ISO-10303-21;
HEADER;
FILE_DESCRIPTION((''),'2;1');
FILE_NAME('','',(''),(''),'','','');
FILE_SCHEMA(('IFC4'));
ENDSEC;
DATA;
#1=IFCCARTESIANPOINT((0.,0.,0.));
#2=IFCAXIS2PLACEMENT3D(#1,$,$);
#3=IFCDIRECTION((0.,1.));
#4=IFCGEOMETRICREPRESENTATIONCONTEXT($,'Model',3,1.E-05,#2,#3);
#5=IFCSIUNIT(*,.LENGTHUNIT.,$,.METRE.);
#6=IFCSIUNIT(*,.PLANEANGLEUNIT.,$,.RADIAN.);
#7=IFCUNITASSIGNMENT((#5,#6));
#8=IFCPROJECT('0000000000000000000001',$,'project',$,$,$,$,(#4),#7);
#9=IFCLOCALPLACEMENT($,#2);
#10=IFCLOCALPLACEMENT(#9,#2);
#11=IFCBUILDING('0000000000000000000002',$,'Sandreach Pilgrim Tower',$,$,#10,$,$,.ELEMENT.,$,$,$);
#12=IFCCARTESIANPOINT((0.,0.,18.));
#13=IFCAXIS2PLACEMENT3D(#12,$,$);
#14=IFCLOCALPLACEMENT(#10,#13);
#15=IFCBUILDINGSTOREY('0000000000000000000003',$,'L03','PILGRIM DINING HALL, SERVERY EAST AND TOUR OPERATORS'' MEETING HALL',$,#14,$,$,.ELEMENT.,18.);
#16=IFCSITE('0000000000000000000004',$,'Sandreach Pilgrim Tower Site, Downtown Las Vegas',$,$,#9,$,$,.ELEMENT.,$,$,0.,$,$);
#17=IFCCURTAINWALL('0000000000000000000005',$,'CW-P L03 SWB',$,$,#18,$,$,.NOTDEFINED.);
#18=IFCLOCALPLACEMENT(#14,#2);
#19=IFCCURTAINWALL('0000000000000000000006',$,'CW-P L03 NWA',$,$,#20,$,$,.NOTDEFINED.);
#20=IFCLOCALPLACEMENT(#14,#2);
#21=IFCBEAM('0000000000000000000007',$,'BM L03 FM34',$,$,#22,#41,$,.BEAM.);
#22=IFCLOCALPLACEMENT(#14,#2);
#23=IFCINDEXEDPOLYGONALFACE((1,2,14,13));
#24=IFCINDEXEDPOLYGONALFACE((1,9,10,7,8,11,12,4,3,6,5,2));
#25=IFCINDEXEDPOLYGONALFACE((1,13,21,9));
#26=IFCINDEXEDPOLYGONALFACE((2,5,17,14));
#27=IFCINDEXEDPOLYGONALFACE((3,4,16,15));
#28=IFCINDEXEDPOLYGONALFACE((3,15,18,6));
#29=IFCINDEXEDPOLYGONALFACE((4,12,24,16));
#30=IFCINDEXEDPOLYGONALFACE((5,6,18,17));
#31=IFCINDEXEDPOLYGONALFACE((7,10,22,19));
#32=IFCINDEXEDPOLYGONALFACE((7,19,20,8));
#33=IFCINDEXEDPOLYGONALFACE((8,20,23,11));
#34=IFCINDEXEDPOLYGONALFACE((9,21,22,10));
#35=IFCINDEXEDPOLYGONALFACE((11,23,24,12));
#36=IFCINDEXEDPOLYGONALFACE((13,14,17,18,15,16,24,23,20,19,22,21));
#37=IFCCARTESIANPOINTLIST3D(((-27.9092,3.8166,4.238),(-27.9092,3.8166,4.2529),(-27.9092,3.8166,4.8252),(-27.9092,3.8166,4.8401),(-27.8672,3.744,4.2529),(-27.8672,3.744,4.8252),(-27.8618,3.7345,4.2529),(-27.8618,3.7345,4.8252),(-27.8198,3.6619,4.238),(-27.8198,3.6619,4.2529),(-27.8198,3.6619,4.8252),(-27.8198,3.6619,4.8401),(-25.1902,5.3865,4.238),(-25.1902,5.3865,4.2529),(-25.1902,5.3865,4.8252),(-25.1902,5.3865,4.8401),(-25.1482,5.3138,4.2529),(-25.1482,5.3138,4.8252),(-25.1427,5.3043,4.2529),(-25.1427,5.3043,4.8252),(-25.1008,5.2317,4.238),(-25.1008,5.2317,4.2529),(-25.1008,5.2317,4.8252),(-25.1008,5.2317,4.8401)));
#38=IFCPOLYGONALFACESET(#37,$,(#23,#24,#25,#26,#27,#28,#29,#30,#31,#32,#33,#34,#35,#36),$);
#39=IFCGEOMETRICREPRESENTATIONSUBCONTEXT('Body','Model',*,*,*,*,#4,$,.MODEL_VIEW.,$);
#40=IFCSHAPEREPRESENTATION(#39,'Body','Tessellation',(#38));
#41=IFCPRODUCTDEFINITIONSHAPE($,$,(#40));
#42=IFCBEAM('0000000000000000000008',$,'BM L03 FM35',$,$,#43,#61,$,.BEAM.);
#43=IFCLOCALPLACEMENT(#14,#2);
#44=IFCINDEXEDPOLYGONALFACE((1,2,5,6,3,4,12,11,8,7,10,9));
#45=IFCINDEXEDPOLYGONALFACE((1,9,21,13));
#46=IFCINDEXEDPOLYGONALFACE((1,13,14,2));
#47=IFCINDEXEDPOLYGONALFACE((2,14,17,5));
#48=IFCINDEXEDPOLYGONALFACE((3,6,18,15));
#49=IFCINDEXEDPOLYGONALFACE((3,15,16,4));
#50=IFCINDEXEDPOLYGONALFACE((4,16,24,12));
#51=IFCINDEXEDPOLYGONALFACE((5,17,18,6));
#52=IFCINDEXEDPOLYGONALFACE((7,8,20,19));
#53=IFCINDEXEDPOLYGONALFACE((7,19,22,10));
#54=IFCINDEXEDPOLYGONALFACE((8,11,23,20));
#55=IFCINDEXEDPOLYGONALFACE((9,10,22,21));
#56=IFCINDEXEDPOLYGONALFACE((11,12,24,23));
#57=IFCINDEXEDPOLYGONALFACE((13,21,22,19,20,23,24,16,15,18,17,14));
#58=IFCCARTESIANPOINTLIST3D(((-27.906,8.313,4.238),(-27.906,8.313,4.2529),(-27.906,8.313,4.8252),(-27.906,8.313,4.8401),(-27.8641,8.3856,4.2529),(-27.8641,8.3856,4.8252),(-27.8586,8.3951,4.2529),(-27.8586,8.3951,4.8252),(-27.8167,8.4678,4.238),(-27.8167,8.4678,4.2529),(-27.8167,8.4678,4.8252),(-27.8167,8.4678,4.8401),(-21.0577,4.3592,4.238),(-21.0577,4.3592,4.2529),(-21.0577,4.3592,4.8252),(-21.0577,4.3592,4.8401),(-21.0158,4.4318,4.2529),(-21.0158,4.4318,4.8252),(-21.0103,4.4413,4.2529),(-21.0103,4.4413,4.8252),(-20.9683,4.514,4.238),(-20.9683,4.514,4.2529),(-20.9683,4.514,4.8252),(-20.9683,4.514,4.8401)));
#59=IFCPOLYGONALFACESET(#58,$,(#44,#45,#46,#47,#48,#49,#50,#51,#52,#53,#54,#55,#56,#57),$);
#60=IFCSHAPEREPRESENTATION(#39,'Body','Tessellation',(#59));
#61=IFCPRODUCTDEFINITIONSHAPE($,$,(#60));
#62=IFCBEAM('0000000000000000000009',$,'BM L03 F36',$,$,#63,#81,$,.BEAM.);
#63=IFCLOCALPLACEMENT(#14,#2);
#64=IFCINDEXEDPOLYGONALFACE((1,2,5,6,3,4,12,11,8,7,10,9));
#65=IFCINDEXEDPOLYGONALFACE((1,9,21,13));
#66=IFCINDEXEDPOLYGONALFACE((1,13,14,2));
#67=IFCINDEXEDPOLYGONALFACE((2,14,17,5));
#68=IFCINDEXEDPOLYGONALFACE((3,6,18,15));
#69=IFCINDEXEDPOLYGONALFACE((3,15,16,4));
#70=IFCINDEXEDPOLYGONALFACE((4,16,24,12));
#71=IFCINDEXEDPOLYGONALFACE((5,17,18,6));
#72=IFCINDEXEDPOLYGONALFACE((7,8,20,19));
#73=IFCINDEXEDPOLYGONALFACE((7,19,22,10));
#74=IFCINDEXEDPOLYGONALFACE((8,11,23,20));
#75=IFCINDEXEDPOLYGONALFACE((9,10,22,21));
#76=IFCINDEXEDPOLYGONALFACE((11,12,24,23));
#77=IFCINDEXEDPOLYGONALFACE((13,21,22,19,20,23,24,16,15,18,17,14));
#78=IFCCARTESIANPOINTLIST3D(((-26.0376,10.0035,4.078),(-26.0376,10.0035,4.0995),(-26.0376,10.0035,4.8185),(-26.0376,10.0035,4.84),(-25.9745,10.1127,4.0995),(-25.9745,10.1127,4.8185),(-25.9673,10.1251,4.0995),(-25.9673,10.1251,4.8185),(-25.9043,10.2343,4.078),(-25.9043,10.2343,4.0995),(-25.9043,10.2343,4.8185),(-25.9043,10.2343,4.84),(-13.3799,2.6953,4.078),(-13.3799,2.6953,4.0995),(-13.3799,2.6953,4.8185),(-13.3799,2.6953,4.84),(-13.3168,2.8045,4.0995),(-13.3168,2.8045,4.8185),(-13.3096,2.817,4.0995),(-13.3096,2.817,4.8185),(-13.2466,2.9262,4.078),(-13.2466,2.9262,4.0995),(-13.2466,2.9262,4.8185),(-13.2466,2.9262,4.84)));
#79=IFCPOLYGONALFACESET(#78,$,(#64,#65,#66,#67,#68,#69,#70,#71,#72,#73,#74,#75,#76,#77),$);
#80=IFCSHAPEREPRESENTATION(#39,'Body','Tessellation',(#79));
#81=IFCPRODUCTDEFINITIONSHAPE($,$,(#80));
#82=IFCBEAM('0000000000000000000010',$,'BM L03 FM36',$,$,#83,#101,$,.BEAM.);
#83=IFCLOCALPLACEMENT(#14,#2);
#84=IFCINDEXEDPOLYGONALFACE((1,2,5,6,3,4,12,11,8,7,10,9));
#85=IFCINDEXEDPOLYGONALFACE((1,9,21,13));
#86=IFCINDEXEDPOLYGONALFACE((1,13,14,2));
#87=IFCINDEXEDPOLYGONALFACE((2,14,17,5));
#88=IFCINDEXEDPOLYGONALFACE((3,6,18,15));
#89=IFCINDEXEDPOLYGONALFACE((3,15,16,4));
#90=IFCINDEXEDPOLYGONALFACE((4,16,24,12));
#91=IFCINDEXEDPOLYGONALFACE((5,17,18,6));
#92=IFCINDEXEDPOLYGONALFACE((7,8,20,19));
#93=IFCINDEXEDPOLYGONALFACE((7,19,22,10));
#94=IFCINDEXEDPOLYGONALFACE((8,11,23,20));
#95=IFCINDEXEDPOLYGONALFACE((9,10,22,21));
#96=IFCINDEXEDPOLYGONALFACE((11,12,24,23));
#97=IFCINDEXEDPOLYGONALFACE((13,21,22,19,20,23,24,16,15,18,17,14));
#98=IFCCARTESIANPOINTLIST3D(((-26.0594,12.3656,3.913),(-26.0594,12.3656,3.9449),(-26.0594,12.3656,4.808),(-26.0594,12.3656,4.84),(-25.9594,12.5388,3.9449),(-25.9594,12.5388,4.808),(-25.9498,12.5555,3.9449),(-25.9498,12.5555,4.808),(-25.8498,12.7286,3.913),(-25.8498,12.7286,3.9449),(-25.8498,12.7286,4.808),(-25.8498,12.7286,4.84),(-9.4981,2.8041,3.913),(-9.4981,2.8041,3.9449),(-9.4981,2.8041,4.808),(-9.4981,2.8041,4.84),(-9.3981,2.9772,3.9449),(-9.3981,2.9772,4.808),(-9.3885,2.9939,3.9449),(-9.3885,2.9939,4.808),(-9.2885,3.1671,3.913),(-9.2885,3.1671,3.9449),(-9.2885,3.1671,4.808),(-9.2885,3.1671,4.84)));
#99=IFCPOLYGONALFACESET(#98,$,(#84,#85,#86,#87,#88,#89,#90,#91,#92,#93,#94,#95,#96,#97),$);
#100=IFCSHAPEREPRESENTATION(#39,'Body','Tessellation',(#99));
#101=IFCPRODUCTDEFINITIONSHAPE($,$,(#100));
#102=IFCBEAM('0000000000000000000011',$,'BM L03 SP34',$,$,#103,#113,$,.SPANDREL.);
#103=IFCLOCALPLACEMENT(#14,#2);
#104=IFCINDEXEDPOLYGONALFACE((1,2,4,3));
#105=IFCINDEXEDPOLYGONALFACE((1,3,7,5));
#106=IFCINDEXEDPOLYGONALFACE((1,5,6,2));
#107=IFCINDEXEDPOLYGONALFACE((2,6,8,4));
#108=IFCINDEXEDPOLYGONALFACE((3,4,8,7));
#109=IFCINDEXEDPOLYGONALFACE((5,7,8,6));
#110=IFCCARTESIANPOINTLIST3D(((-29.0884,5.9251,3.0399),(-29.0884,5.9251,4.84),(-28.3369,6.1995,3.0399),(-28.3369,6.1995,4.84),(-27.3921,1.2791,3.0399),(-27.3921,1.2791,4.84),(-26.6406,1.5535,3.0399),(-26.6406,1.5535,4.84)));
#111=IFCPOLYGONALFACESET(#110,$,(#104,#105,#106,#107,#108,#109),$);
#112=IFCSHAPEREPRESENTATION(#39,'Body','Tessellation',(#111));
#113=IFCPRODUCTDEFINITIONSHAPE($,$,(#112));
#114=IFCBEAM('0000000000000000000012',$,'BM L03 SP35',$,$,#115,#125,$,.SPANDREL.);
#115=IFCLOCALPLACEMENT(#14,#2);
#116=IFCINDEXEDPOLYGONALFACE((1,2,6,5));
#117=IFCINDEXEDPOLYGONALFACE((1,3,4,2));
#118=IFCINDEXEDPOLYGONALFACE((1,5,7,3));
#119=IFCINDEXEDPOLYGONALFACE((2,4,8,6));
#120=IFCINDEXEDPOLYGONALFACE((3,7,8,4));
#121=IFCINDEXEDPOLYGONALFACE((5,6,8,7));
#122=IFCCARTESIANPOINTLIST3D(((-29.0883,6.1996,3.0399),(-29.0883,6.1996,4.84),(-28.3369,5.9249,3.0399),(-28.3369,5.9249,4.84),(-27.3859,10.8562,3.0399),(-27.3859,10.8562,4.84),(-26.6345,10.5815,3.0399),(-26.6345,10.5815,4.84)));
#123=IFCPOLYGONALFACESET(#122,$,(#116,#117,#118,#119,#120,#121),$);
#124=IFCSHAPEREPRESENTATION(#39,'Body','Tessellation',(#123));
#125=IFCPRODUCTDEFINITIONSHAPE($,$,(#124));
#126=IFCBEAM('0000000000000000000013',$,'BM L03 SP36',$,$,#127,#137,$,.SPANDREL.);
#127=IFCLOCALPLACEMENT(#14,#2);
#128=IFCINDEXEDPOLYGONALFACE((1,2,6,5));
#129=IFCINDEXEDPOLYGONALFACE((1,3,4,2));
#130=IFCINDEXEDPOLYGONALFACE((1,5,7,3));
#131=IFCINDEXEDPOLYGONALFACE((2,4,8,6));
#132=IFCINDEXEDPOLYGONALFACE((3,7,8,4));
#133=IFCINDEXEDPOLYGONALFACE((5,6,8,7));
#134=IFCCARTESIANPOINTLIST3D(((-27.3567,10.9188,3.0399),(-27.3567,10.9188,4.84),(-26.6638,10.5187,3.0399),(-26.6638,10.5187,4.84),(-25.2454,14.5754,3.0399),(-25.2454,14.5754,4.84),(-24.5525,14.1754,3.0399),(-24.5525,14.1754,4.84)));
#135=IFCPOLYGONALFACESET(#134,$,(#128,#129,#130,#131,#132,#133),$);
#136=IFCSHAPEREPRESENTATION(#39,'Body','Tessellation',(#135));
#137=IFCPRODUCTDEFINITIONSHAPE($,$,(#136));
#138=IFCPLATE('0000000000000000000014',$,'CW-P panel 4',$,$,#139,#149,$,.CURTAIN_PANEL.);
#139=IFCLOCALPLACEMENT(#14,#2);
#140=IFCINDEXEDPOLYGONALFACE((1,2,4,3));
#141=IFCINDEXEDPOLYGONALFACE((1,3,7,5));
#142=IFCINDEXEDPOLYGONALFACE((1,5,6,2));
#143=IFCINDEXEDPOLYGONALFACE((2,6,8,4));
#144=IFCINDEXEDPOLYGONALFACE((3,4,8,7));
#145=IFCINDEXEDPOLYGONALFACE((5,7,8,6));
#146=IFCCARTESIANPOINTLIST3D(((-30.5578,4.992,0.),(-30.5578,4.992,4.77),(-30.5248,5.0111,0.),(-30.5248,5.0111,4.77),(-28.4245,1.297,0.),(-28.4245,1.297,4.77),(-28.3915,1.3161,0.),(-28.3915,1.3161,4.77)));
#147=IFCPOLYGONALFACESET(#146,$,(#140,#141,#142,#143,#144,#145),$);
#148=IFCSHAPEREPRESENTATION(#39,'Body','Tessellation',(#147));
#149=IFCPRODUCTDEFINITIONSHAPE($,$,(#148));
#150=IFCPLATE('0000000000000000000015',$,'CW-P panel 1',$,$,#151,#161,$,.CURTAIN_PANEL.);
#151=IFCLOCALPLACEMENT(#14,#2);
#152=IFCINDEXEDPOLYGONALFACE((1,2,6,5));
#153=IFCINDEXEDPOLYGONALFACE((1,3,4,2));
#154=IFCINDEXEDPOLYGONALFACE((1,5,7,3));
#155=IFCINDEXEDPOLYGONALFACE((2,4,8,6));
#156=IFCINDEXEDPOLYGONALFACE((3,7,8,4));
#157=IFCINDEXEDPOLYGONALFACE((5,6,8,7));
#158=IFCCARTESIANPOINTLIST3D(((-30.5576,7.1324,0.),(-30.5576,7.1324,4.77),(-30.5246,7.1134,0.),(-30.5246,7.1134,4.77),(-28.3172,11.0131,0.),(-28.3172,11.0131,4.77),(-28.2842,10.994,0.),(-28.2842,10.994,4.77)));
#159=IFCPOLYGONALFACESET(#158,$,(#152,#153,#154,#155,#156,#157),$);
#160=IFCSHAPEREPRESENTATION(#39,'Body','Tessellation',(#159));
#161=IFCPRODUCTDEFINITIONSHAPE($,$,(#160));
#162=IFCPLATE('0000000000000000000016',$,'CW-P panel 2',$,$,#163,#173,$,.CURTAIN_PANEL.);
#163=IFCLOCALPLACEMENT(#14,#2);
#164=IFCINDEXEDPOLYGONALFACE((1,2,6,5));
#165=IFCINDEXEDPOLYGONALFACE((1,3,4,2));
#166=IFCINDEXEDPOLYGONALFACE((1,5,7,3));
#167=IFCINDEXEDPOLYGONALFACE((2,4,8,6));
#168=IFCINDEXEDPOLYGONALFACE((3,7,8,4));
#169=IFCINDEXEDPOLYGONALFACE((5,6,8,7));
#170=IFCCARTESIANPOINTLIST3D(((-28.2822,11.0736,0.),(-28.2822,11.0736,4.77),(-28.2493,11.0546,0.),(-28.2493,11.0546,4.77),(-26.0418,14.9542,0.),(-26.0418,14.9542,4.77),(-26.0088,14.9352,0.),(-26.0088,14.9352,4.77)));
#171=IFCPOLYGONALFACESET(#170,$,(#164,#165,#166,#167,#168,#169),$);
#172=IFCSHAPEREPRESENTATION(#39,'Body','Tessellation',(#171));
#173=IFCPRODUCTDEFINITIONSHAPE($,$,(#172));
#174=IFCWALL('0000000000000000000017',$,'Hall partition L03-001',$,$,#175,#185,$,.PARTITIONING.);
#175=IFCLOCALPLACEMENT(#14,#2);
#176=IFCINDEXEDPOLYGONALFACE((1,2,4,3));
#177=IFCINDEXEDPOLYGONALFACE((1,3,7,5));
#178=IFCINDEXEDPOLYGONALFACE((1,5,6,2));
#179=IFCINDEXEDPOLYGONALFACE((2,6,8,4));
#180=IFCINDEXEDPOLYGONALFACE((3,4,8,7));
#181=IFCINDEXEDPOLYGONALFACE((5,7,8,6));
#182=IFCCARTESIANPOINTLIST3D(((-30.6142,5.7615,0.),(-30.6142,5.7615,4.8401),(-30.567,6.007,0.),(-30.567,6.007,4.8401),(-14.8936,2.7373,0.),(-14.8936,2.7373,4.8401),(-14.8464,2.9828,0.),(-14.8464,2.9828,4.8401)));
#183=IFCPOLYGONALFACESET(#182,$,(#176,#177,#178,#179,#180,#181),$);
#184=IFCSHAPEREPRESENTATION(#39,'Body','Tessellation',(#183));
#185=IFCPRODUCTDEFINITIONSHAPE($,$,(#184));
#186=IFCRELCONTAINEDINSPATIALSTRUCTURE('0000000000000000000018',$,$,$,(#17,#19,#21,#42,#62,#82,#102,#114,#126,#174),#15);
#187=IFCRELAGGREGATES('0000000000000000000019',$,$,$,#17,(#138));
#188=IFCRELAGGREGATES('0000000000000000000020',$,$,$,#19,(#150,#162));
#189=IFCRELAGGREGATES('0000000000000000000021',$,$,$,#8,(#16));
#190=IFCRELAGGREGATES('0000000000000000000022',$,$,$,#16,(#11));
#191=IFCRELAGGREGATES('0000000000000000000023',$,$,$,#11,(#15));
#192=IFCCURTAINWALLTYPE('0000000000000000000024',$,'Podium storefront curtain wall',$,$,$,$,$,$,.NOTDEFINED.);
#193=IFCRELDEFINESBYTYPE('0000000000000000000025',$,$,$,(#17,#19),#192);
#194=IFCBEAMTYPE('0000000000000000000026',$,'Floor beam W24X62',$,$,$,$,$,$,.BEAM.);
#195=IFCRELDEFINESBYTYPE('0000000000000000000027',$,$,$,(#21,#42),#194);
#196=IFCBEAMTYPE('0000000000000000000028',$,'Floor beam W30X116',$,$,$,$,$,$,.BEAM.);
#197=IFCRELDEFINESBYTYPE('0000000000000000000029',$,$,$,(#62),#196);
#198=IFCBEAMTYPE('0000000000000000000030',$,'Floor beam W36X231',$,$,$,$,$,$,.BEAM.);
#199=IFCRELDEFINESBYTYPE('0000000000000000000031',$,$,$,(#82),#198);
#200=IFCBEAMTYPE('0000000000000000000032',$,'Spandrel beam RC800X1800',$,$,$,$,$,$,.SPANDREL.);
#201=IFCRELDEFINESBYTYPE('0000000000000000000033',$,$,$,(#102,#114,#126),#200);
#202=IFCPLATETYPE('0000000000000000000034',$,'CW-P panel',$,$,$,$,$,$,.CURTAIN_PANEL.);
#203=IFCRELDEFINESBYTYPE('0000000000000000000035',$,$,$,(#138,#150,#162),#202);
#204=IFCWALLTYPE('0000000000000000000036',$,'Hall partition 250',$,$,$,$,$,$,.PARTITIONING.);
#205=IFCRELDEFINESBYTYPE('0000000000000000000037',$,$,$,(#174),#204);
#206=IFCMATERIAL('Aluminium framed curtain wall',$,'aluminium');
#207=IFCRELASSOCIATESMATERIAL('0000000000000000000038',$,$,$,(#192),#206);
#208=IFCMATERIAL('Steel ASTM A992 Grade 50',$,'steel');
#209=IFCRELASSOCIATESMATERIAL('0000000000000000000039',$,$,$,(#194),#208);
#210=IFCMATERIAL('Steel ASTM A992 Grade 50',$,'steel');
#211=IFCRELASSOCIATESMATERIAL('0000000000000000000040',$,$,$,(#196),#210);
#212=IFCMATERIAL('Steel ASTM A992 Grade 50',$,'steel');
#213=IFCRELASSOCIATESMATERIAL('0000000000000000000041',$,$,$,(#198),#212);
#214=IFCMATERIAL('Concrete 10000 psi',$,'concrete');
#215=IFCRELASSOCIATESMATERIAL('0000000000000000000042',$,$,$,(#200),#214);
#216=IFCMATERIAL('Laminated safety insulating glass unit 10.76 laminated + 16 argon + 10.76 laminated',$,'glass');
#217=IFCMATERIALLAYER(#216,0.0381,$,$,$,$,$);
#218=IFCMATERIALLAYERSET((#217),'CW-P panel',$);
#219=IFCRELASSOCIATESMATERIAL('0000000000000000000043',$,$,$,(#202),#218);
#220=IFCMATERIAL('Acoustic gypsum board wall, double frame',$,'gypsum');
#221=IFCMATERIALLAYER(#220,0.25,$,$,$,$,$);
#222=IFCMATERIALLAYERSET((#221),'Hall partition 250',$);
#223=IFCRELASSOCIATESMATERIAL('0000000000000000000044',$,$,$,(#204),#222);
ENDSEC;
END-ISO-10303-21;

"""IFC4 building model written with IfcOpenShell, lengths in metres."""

from ifc_helpers import new_model, si_unit, direction, frame, frame_2d, origin, origin_2d, place, context, subcontext, project, spatial, rectangle, i_section, extrude, material, layer, layer_set, material_profile, profile_set, type_object, element, aggregate, save


model = new_model("IFC4")

# Units and contexts
model_context = context("Model", 3, precision=1e-05, world=origin(), true_north=direction((0.0, 1.0)))
body_context = subcontext(model_context, "Body", "Model", "MODEL_VIEW")
ifc_project = project(units=[si_unit("LENGTHUNIT", "METRE"), si_unit("PLANEANGLEUNIT", "RADIAN")], contexts=[model_context])

# Site, building, storey
site_placement = place(None, origin())
site = spatial("IfcSite", under=ifc_project, at=site_placement, Name="Sandreach Pilgrim Tower Site, Downtown Las Vegas", CompositionType="ELEMENT", RefElevation=0.0)
building_placement = place(site_placement, origin())
building = spatial("IfcBuilding", under=site, at=building_placement, Name="Sandreach Pilgrim Tower", CompositionType="ELEMENT")
storey_placement = place(building_placement, frame((0.0, 0.0, 18.0)))
storey = spatial("IfcBuildingStorey", under=building, at=storey_placement, Name="L03", Description="PILGRIM DINING HALL, SERVERY EAST AND TOUR OPERATORS' MEETING HALL", CompositionType="ELEMENT", Elevation=18.0)

# Curtain walls
ifc_material_1 = material(Name="Aluminium framed curtain wall", Category="aluminium")
curtain_wall_type = type_object("IfcCurtainWallType", Name="Podium storefront curtain wall", PredefinedType="NOTDEFINED", material=ifc_material_1)
curtain_wall_1_placement = place(storey_placement, origin())
curtain_wall_1 = element("IfcCurtainWall", 1, at=curtain_wall_1_placement, inside=storey, type_object=curtain_wall_type, Name="CW-P L03 SWB", PredefinedType="NOTDEFINED")
curtain_wall_2_placement = place(storey_placement, origin())
curtain_wall_2 = element("IfcCurtainWall", 2, at=curtain_wall_2_placement, inside=storey, type_object=curtain_wall_type, Name="CW-P L03 NWA", PredefinedType="NOTDEFINED")

# Beams
ifc_material_2 = material(Name="Steel ASTM A992 Grade 50", Category="steel")
ifc_material_profile_1 = material_profile(ifc_material_2, i_section(OverallWidth=0.1787, OverallDepth=0.6021, WebThickness=0.011, FlangeThickness=0.0149, at=origin_2d()), Name="W24X62")
ifc_profile_set_1 = profile_set([ifc_material_profile_1], Name="Steel ASTM A992 Grade 50")
beam_type_1 = type_object("IfcBeamType", Name="Floor beam W24X62", PredefinedType="BEAM", material=ifc_profile_set_1)
beam_1_placement = place(storey_placement, frame((-27.8645, 3.7393, 4.5391), z_axis=(0.866024, 0.500003, 0.0), x_axis=(-0.500003, 0.866024, 0.0)))
element("IfcBeam", 3, at=beam_1_placement, inside=storey, type_object=beam_type_1, Name="BM L03 FM34", PredefinedType="BEAM", context=body_context, shape_type="SweptSolid", body=[
    extrude(i_section(OverallWidth=0.1787, OverallDepth=0.6021, WebThickness=0.011, FlangeThickness=0.0149, at=origin_2d()), origin(), (0.0, 0.0, 1.0), 3.1396),
])
beam_2_placement = place(storey_placement, frame((-27.8613, 8.3904, 4.5391), z_axis=(0.866029, -0.499994, 0.0), x_axis=(0.499994, 0.866029, 0.0)))
element("IfcBeam", 4, at=beam_2_placement, inside=storey, type_object=beam_type_1, Name="BM L03 FM35", PredefinedType="BEAM", context=body_context, shape_type="SweptSolid", body=[
    extrude(i_section(OverallWidth=0.1787, OverallDepth=0.6021, WebThickness=0.011, FlangeThickness=0.0149, at=origin_2d()), origin(), (0.0, 0.0, 1.0), 7.9077),
])
ifc_material_3 = material(Name="Steel ASTM A992 Grade 50", Category="steel")
ifc_material_profile_2 = material_profile(ifc_material_3, i_section(OverallWidth=0.2666, OverallDepth=0.762, WebThickness=0.0144, FlangeThickness=0.0215, at=origin_2d()), Name="W30X116")
ifc_profile_set_2 = profile_set([ifc_material_profile_2], Name="Steel ASTM A992 Grade 50")
beam_type_2 = type_object("IfcBeamType", Name="Floor beam W30X116", PredefinedType="BEAM", material=ifc_profile_set_2)
beam_3_placement = place(storey_placement, frame((-25.9709, 10.1189, 4.459), z_axis=(0.86602, -0.500009, 0.0), x_axis=(0.500009, 0.86602, 0.0)))
element("IfcBeam", 5, at=beam_3_placement, inside=storey, type_object=beam_type_2, Name="BM L03 F36", PredefinedType="BEAM", context=body_context, shape_type="SweptSolid", body=[
    extrude(i_section(OverallWidth=0.2666, OverallDepth=0.762, WebThickness=0.0144, FlangeThickness=0.0215, at=origin_2d()), origin(), (0.0, 0.0, 1.0), 14.616),
])
ifc_material_4 = material(Name="Steel ASTM A992 Grade 50", Category="steel")
ifc_material_profile_3 = material_profile(ifc_material_4, i_section(OverallWidth=0.4192, OverallDepth=0.927, WebThickness=0.0193, FlangeThickness=0.032, at=origin_2d()), Name="W36X231")
ifc_profile_set_3 = profile_set([ifc_material_profile_3], Name="Steel ASTM A992 Grade 50")
beam_type_3 = type_object("IfcBeamType", Name="Floor beam W36X231", PredefinedType="BEAM", material=ifc_profile_set_3)
beam_4_placement = place(storey_placement, frame((-25.9546, 12.5471, 4.3765), z_axis=(0.866028, -0.499995, 0.0), x_axis=(0.499995, 0.866028, 0.0)))
element("IfcBeam", 6, at=beam_4_placement, inside=storey, type_object=beam_type_3, Name="BM L03 FM36", PredefinedType="BEAM", context=body_context, shape_type="SweptSolid", body=[
    extrude(i_section(OverallWidth=0.4192, OverallDepth=0.927, WebThickness=0.0193, FlangeThickness=0.032, at=origin_2d()), origin(), (0.0, 0.0, 1.0), 19.1233),
])
ifc_material_5 = material(Name="Concrete 10000 psi", Category="concrete")
ifc_material_profile_4 = material_profile(ifc_material_5, rectangle(XDim=0.8, YDim=1.8, at=origin_2d()), Name="RC800X1800")
ifc_profile_set_4 = profile_set([ifc_material_profile_4], Name="Concrete 10000 psi")
beam_type_4 = type_object("IfcBeamType", Name="Spandrel beam RC800X1800", PredefinedType="SPANDREL", material=ifc_profile_set_4)
beam_5_placement = place(storey_placement, frame((-27.0164, 1.4163, 3.9399), z_axis=(-0.342963, 0.939349, 0.0), x_axis=(-0.939349, -0.342963, 0.0)))
element("IfcBeam", 7, at=beam_5_placement, inside=storey, type_object=beam_type_4, Name="BM L03 SP34", PredefinedType="SPANDREL", context=body_context, shape_type="SweptSolid", body=[
    extrude(rectangle(XDim=0.8, YDim=1.8, at=origin_2d()), origin(), (0.0, 0.0, 1.0), 4.946),
])
beam_6_placement = place(storey_placement, frame((-28.7126, 6.0623, 3.9399), z_axis=(0.343368, 0.939201, 0.0), x_axis=(-0.939201, 0.343368, 0.0)))
element("IfcBeam", 8, at=beam_6_placement, inside=storey, type_object=beam_type_4, Name="BM L03 SP35", PredefinedType="SPANDREL", context=body_context, shape_type="SweptSolid", body=[
    extrude(rectangle(XDim=0.8, YDim=1.8, at=origin_2d()), origin(), (0.0, 0.0, 1.0), 4.958),
])
beam_7_placement = place(storey_placement, frame((-27.0103, 10.7188, 3.9399), z_axis=(0.500019, 0.866014, 0.0), x_axis=(-0.866014, 0.500019, 0.0)))
element("IfcBeam", 9, at=beam_7_placement, inside=storey, type_object=beam_type_4, Name="BM L03 SP36", PredefinedType="SPANDREL", context=body_context, shape_type="SweptSolid", body=[
    extrude(rectangle(XDim=0.8, YDim=1.8, at=origin_2d()), origin(), (0.0, 0.0, 1.0), 4.2224),
])

# Plates
ifc_material_6 = material(Name="Laminated safety insulating glass unit 10.76 laminated + 16 argon + 10.76 laminated", Category="glass")
ifc_layer_1 = layer(ifc_material_6, 0.0381)
ifc_layer_set_1 = layer_set([ifc_layer_1], Name="CW-P panel")
plate_type = type_object("IfcPlateType", Name="CW-P panel", PredefinedType="CURTAIN_PANEL", material=ifc_layer_set_1)
plate_1_placement = place(storey_placement, frame((-29.4746, 3.1541, 0.0), z_axis=(0.0, 0.0, 1.0), x_axis=(-0.5, 0.866025, 0.0)))
plate_1 = element("IfcPlate", 10, at=plate_1_placement, type_object=plate_type, Name="CW-P panel 4", PredefinedType="CURTAIN_PANEL", context=body_context, shape_type="SweptSolid", body=[
    extrude(rectangle(XDim=4.2666, YDim=0.0381, at=origin_2d()), origin(), (0.0, 0.0, 1.0), 4.77),
])
aggregate(curtain_wall_1, [plate_1])
plate_2_placement = place(storey_placement, frame((-29.4209, 9.0632, 0.0), z_axis=(0.0, 0.0, 1.0), x_axis=(0.5, 0.866025, 0.0)))
plate_2 = element("IfcPlate", 11, at=plate_2_placement, type_object=plate_type, Name="CW-P panel 1", PredefinedType="CURTAIN_PANEL", context=body_context, shape_type="SweptSolid", body=[
    extrude(rectangle(XDim=4.481, YDim=0.0381, at=origin_2d()), origin(), (0.0, 0.0, 1.0), 4.77),
])
plate_3_placement = place(storey_placement, frame((-27.1455, 13.0044, 0.0), z_axis=(0.0, 0.0, 1.0), x_axis=(0.5, 0.866025, 0.0)))
plate_3 = element("IfcPlate", 12, at=plate_3_placement, type_object=plate_type, Name="CW-P panel 2", PredefinedType="CURTAIN_PANEL", context=body_context, shape_type="SweptSolid", body=[
    extrude(rectangle(XDim=4.481, YDim=0.0381, at=origin_2d()), origin(), (0.0, 0.0, 1.0), 4.77),
])
aggregate(curtain_wall_2, [plate_2, plate_3])

# Wall
ifc_material_7 = material(Name="Acoustic gypsum board wall, double frame", Category="gypsum")
ifc_layer_2 = layer(ifc_material_7, 0.25)
ifc_layer_set_2 = layer_set([ifc_layer_2], Name="Hall partition 250")
wall_type_1 = type_object("IfcWallType", Name="Hall partition 250", PredefinedType="PARTITIONING", material=ifc_layer_set_2)
wall_1_placement = place(storey_placement, frame((-30.5906, 5.8843, 0.0), z_axis=(0.0, 0.0, 1.0), x_axis=(0.981995, -0.188908, 0.0)))
element("IfcWall", 13, at=wall_1_placement, inside=storey, type_object=wall_type_1, Name="Hall partition L03-001", PredefinedType="PARTITIONING", context=body_context, shape_type="SweptSolid", body=[
    extrude(rectangle(XDim=16.0088, YDim=0.25, at=frame_2d((8.0044, 0.0))), origin(), (0.0, 0.0, 1.0), 4.8401),
])

save(model, "model.ifc")
